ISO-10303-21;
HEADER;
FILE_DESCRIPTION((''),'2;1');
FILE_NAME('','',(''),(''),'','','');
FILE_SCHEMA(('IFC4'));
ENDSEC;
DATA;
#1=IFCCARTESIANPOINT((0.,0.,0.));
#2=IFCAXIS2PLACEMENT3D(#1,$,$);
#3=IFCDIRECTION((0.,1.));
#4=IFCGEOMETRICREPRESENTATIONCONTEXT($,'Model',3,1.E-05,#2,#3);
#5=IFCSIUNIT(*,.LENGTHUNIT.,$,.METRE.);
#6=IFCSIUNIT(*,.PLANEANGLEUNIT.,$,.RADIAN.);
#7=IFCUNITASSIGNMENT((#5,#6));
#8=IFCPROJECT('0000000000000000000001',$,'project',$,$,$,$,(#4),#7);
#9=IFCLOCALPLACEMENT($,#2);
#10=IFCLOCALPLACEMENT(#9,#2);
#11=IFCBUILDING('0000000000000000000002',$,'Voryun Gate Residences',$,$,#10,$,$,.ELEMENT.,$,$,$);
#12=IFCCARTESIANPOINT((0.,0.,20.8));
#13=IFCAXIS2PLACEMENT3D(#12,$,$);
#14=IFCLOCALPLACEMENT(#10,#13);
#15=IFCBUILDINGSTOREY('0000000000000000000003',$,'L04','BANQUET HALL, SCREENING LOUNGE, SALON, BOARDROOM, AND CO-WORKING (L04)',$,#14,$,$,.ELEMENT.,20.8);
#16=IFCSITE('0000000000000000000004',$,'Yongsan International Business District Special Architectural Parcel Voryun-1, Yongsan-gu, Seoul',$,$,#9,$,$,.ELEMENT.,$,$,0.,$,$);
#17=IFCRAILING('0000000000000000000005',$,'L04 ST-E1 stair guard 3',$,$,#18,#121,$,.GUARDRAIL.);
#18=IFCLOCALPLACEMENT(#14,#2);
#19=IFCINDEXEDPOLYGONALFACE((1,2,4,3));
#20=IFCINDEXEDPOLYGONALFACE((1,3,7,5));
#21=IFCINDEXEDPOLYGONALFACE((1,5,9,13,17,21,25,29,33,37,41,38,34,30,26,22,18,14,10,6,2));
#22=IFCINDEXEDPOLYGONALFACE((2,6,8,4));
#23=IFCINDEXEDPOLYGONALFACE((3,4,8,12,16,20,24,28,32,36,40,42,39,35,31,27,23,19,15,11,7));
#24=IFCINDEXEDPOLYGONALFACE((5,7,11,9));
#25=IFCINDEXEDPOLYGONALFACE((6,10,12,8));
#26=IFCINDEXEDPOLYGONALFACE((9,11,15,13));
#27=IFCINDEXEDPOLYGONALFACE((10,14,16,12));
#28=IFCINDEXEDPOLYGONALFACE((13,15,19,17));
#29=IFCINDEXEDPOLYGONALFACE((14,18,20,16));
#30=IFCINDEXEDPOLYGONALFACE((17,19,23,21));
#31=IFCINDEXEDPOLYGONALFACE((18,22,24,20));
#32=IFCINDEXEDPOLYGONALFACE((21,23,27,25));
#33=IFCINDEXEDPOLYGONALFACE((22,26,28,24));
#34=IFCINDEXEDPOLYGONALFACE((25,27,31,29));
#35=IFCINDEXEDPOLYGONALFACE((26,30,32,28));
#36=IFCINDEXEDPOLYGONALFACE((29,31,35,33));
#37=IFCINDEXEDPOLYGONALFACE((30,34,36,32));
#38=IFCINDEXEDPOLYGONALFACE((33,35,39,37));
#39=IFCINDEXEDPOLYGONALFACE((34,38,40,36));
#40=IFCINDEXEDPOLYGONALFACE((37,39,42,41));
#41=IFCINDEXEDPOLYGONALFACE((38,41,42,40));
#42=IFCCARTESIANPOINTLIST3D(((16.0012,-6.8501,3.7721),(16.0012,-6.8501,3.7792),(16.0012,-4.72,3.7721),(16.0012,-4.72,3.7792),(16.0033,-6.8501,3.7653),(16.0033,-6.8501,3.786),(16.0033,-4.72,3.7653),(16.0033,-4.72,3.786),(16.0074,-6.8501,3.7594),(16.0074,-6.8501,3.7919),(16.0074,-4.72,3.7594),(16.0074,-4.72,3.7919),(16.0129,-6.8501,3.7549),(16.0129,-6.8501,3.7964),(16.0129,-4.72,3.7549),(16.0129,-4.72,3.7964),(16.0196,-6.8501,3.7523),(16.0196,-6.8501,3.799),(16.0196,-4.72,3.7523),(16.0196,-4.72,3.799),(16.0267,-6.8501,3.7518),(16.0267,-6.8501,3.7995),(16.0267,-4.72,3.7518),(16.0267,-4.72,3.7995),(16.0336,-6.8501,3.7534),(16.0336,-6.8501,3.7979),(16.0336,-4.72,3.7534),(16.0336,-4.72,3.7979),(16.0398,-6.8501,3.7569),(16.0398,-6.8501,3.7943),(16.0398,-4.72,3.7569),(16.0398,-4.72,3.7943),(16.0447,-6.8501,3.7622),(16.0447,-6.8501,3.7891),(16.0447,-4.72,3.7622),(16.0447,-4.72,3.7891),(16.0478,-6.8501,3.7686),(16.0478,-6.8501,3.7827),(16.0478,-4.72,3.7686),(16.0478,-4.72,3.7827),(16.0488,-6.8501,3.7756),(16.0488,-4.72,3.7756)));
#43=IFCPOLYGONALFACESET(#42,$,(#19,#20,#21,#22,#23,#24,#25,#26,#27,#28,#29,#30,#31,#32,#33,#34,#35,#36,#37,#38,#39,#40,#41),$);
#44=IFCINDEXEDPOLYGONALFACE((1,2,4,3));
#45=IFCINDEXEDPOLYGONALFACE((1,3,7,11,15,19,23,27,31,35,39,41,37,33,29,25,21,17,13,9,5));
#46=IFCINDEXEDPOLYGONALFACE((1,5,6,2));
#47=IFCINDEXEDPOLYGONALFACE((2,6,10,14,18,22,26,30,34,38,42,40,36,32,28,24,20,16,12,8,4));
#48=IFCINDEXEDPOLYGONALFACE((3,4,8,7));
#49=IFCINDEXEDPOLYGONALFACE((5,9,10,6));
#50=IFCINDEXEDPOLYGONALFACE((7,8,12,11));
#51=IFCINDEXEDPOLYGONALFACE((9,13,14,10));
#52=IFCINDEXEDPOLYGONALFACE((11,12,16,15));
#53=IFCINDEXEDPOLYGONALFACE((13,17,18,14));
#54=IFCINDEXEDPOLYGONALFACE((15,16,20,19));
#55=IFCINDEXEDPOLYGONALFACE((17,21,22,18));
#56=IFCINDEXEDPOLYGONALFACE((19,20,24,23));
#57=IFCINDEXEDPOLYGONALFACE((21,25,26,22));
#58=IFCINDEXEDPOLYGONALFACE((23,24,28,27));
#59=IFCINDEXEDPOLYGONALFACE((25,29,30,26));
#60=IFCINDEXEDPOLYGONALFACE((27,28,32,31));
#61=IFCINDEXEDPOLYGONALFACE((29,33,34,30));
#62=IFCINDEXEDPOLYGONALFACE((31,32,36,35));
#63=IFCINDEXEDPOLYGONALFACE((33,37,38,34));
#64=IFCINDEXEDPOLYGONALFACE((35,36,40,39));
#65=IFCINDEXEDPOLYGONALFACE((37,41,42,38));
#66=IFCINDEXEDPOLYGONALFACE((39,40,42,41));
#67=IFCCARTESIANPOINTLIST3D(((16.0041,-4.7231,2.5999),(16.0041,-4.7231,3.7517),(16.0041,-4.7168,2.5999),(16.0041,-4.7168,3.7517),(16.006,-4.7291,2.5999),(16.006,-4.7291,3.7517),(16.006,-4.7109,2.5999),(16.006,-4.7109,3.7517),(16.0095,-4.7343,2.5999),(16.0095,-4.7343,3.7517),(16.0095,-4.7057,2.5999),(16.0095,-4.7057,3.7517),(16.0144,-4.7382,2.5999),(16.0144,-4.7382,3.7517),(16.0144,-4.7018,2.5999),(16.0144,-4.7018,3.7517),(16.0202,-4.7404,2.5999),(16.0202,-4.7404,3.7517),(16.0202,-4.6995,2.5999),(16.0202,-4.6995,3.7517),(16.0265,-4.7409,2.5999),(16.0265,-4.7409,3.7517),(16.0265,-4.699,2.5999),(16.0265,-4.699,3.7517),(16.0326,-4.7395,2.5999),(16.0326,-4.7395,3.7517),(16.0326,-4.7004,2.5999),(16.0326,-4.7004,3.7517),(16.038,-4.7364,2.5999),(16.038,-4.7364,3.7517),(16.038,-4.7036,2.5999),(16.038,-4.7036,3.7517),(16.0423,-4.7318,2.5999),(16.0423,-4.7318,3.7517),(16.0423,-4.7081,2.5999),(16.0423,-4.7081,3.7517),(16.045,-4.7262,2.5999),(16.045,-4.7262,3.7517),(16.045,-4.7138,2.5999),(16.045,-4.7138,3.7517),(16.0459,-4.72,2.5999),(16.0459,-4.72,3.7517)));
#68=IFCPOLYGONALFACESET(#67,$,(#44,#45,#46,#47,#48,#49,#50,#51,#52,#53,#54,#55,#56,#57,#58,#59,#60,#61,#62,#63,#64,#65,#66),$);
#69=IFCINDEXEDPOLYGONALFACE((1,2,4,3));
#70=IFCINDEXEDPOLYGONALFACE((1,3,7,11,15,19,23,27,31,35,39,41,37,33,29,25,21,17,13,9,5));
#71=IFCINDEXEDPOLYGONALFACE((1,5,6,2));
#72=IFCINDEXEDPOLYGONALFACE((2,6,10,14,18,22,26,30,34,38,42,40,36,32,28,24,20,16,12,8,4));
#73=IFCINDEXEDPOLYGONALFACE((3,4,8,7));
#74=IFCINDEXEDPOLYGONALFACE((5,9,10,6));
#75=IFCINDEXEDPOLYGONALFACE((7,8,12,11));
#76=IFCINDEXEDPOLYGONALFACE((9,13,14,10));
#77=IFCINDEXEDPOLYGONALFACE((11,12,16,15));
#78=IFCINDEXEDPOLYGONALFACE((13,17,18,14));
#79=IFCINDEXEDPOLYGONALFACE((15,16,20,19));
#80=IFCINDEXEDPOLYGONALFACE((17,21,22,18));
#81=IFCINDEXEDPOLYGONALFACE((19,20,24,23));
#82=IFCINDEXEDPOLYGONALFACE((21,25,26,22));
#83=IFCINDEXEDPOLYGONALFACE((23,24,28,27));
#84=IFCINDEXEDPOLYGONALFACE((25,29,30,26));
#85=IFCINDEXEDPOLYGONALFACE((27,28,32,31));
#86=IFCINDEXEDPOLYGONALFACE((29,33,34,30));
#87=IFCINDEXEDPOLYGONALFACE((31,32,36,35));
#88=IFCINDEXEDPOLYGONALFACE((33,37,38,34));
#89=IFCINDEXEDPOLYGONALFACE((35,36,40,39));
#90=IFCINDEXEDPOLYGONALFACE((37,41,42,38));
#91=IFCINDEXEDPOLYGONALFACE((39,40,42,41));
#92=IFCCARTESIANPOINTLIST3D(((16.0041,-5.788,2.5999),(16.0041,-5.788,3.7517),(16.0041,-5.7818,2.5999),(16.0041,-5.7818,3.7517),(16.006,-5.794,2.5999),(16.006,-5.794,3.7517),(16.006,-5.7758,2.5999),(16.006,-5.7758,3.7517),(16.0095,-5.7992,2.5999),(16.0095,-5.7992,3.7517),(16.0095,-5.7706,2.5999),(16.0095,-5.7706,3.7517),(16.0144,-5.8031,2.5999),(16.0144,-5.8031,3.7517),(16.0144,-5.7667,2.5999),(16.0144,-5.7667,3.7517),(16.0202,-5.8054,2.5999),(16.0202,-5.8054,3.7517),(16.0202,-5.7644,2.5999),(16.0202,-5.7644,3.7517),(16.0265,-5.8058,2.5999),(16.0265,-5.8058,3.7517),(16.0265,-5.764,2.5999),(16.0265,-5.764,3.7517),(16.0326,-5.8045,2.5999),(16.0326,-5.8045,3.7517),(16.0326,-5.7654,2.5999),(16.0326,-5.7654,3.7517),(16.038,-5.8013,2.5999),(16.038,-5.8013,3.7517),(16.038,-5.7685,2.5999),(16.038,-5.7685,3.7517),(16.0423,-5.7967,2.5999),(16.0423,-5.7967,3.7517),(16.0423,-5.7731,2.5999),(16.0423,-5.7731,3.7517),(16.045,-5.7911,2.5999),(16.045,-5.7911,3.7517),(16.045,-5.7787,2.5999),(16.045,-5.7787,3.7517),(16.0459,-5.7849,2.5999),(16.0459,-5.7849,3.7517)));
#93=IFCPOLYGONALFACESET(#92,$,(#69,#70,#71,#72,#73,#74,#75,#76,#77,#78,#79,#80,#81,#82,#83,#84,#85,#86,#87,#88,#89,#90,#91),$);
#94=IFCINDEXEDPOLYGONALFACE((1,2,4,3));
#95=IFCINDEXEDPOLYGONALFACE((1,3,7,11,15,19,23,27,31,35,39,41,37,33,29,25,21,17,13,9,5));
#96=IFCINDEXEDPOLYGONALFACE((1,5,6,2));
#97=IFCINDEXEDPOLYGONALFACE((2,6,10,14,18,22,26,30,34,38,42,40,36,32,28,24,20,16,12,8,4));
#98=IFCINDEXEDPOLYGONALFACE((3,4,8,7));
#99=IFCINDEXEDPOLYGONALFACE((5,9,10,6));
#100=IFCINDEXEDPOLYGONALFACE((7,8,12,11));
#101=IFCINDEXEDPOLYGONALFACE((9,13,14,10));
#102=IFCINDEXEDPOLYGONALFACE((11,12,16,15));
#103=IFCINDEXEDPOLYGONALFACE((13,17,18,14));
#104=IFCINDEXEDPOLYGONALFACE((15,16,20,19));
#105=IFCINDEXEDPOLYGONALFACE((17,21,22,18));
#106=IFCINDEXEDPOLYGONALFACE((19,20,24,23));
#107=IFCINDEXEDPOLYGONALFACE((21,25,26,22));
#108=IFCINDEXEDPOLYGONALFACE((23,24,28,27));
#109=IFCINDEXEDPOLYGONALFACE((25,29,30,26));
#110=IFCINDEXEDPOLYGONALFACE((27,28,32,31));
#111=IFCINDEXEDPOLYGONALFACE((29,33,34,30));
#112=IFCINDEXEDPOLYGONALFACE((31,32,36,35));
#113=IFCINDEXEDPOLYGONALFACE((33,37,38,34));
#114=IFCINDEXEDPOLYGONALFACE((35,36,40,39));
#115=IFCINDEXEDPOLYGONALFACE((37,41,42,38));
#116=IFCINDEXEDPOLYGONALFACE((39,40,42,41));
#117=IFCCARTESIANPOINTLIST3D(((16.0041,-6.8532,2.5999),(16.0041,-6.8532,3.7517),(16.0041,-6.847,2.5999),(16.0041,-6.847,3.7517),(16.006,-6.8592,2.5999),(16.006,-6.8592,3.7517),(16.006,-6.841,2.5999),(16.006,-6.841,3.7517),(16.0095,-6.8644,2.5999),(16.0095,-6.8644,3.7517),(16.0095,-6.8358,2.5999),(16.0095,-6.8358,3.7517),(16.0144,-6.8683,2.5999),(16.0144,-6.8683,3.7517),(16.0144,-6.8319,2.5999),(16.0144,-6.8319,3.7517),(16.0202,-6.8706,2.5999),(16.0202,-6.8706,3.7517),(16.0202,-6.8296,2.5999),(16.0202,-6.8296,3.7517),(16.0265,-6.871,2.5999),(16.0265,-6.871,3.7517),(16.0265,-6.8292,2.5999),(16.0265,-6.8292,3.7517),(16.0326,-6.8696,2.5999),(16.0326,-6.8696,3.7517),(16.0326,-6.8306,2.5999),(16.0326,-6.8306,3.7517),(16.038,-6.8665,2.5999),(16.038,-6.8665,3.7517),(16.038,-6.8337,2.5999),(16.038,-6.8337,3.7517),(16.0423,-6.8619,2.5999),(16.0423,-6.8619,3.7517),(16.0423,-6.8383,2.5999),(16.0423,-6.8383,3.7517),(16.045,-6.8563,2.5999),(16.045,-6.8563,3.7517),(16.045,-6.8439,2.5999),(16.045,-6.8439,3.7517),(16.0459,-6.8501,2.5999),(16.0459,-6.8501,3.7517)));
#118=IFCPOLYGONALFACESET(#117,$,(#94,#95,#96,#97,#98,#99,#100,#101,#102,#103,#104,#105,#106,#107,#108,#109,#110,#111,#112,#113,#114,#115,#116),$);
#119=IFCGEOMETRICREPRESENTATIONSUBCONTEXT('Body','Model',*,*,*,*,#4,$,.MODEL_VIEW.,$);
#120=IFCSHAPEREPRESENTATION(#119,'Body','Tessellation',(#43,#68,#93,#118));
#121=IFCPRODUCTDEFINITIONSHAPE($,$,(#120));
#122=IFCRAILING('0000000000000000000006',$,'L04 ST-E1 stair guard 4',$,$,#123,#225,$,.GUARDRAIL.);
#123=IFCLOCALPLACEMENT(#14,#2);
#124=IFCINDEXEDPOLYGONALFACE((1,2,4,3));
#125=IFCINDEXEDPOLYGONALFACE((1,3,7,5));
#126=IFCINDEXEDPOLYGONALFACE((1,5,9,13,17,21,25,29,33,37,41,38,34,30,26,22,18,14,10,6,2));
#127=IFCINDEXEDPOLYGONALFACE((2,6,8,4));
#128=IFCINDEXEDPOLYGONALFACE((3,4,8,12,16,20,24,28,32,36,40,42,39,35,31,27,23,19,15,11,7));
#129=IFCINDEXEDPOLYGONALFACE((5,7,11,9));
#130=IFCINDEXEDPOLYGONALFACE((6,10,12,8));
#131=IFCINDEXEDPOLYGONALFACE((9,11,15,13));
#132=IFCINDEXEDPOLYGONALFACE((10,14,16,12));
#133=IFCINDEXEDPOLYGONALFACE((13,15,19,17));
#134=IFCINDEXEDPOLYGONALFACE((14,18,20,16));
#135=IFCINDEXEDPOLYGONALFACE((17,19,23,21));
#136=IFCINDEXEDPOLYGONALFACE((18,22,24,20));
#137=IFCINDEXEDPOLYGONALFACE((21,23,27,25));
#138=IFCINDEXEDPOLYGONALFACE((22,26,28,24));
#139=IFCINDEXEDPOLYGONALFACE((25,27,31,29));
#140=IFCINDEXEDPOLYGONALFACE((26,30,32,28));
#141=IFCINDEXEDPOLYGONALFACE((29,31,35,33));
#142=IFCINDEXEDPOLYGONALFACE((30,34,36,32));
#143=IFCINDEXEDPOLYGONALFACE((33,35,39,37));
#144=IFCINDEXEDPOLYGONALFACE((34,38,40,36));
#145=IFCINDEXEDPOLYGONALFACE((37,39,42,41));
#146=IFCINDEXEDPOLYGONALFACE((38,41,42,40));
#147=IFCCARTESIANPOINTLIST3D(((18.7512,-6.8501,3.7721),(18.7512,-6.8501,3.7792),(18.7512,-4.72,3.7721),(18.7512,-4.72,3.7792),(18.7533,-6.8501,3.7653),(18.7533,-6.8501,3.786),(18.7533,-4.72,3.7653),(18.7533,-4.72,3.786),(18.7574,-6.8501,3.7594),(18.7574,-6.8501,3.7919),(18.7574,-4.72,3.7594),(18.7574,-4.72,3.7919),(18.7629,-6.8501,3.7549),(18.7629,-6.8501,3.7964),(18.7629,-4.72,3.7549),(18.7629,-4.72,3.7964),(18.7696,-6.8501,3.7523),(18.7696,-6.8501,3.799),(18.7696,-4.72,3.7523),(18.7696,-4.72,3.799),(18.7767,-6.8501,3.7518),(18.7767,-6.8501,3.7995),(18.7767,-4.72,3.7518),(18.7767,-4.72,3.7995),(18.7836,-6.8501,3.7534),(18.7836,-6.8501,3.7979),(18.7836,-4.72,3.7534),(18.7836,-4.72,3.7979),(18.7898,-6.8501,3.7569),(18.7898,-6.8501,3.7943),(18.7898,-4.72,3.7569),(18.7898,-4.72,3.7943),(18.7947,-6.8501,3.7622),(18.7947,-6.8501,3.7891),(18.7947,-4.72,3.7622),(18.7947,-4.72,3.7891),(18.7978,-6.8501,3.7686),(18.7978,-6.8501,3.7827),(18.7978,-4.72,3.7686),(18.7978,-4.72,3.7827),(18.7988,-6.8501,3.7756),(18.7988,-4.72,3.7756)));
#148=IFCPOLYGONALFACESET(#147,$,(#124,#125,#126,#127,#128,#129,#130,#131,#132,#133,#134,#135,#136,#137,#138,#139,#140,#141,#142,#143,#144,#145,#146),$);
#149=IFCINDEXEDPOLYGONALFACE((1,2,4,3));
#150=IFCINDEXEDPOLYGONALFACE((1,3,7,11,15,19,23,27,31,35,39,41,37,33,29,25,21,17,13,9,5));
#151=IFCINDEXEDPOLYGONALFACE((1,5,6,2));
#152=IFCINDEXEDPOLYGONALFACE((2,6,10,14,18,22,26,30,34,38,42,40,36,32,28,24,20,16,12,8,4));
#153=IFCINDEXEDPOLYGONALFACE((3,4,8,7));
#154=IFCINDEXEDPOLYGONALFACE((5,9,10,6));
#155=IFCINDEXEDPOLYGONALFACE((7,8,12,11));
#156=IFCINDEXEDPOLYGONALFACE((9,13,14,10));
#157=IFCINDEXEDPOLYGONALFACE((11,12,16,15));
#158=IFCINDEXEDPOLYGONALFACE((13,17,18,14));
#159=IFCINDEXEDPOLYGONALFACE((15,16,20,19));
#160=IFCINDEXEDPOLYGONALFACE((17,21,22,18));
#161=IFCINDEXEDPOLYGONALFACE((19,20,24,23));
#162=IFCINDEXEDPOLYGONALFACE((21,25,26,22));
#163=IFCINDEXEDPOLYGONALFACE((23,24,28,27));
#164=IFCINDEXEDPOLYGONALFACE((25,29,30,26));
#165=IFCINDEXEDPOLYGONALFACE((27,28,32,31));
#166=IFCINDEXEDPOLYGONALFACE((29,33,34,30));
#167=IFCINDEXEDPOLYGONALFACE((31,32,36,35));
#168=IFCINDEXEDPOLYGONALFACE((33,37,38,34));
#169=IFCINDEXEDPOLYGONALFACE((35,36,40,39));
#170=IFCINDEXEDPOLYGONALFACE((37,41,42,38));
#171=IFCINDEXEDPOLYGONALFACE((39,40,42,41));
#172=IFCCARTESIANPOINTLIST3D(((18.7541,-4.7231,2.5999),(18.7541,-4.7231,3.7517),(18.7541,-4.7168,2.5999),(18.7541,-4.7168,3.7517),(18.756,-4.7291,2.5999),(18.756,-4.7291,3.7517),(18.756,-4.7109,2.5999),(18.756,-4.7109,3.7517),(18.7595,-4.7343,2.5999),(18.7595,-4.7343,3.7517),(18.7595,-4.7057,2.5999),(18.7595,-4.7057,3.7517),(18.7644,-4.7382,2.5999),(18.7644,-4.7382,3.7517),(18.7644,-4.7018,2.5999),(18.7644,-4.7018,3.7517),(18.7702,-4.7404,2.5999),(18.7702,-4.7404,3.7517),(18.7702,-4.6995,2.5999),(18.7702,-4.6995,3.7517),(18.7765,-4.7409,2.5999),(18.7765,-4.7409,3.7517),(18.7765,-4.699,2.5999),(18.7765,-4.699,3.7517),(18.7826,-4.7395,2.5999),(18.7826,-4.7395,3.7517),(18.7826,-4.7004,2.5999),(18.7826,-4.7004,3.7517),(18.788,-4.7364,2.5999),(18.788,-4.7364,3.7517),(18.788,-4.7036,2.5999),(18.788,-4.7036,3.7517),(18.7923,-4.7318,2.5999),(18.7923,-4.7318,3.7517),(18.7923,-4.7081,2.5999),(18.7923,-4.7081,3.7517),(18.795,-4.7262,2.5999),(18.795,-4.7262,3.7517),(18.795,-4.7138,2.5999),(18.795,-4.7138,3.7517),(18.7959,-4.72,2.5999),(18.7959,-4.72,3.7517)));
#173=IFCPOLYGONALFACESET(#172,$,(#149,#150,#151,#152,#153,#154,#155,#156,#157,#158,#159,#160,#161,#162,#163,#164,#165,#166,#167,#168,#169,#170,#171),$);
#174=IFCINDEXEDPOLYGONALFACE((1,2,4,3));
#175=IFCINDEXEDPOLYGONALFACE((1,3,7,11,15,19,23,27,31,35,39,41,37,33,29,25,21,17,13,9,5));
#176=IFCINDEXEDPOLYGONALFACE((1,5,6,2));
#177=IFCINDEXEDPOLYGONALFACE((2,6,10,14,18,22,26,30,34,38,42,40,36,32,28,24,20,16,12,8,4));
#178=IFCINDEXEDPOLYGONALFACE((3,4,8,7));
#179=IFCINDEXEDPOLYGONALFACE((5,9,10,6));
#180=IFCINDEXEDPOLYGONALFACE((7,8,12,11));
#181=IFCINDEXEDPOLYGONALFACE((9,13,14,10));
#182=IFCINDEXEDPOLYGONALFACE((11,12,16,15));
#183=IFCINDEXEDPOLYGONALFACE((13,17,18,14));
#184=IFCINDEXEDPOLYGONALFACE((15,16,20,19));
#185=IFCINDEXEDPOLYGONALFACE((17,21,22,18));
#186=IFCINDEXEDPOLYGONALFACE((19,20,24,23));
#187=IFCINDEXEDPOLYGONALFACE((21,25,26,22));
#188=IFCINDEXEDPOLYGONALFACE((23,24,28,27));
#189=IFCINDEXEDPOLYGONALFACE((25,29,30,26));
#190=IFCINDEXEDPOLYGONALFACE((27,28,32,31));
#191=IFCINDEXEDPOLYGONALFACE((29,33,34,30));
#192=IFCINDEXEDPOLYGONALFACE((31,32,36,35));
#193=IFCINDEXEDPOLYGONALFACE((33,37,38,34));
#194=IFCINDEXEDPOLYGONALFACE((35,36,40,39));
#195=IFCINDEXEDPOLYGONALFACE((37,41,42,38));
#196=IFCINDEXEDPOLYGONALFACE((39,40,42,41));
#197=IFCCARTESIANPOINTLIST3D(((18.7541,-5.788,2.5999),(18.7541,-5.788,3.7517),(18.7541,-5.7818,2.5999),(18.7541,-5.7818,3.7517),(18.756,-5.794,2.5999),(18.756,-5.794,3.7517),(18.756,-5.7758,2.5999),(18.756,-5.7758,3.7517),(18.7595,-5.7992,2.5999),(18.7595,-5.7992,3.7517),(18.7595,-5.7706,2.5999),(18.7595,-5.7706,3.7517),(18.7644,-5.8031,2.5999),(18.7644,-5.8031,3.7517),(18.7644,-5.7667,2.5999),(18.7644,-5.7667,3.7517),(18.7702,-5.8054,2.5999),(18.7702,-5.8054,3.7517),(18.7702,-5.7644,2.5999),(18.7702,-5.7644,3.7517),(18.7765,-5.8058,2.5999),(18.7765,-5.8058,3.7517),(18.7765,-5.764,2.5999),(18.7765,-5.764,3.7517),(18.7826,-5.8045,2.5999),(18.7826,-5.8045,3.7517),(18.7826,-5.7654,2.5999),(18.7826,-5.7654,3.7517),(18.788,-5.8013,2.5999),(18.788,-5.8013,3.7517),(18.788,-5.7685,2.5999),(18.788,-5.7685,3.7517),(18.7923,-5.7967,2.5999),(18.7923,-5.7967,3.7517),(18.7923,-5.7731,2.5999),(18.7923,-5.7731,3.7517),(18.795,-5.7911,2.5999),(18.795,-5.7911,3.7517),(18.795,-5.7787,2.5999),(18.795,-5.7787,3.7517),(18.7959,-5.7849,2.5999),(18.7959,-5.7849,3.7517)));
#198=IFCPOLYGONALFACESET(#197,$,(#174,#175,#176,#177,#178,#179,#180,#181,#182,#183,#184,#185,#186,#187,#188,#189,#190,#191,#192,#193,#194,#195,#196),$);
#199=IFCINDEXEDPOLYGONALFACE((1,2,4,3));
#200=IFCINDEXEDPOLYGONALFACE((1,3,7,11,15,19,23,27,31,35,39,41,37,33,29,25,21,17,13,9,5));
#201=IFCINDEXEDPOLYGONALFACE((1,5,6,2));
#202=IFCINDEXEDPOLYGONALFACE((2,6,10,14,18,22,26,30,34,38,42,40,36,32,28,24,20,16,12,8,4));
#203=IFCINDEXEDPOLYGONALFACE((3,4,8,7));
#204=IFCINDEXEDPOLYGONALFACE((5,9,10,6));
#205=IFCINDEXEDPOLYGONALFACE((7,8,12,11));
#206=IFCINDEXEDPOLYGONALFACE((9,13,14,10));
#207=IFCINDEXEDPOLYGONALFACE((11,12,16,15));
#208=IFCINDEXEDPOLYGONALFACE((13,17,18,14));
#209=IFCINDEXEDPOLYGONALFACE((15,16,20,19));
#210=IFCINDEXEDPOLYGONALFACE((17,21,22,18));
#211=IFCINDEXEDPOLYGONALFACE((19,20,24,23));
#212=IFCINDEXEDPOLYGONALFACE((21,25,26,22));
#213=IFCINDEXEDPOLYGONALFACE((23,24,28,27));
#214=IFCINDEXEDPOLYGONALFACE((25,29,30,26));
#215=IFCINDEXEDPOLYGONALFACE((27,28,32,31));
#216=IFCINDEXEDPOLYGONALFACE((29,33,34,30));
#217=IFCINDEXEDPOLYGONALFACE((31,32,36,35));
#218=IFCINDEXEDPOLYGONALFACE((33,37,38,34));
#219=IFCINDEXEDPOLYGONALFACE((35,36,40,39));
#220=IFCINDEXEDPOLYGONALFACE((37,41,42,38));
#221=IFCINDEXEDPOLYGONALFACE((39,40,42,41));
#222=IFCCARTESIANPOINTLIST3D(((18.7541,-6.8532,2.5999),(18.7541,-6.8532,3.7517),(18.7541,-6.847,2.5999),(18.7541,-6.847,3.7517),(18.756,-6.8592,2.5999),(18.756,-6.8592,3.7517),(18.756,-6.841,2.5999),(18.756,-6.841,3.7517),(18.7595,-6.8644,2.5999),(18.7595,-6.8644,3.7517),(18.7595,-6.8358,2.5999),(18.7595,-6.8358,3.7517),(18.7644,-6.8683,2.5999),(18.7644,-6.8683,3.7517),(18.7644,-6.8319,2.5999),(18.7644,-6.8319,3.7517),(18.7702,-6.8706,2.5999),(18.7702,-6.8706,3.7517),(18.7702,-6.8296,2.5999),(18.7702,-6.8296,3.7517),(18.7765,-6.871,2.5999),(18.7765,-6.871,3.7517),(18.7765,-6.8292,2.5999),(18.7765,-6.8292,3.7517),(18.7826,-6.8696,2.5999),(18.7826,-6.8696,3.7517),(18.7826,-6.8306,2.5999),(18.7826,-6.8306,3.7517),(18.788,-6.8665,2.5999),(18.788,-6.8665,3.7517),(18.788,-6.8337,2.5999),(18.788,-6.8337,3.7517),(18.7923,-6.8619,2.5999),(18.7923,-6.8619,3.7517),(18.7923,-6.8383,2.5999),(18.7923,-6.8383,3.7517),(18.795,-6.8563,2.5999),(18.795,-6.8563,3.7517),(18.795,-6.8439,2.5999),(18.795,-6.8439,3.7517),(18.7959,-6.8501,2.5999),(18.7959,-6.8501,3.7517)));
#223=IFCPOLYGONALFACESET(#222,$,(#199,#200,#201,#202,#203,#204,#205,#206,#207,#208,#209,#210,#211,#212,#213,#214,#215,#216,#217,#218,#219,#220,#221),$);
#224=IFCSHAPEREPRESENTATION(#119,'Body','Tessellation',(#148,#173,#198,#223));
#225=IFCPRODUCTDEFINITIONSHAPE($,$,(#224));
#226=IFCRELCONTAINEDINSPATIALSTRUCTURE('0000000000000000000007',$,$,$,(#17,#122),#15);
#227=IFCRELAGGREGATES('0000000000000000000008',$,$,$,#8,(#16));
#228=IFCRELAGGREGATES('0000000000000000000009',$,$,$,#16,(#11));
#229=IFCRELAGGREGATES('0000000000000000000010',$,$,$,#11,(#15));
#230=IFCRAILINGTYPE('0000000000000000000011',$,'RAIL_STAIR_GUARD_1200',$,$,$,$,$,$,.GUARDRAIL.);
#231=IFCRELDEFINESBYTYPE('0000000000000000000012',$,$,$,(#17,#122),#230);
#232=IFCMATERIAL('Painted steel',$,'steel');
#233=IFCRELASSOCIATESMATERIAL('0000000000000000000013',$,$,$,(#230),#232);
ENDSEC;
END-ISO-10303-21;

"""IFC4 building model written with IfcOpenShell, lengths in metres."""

from ifc_helpers import new_model, si_unit, direction, frame, origin, origin_2d, place, context, subcontext, project, spatial, circle, extrude, material, type_object, element, save


model = new_model("IFC4")

# Units and contexts
model_context = context("Model", 3, precision=1e-05, world=origin(), true_north=direction((0.0, 1.0)))
body_context = subcontext(model_context, "Body", "Model", "MODEL_VIEW")
ifc_project = project(units=[si_unit("LENGTHUNIT", "METRE"), si_unit("PLANEANGLEUNIT", "RADIAN")], contexts=[model_context])

# Site, building, storey
site_placement = place(None, origin())
site = spatial("IfcSite", under=ifc_project, at=site_placement, Name="Yongsan International Business District Special Architectural Parcel Voryun-1, Yongsan-gu, Seoul", CompositionType="ELEMENT", RefElevation=0.0)
building_placement = place(site_placement, origin())
building = spatial("IfcBuilding", under=site, at=building_placement, Name="Voryun Gate Residences", CompositionType="ELEMENT")
storey_placement = place(building_placement, frame((0.0, 0.0, 20.8)))
storey = spatial("IfcBuildingStorey", under=building, at=storey_placement, Name="L04", Description="BANQUET HALL, SCREENING LOUNGE, SALON, BOARDROOM, AND CO-WORKING (L04)", CompositionType="ELEMENT", Elevation=20.8)

# Railings
ifc_material_1 = material(Name="Painted steel", Category="steel")
railing_type = type_object("IfcRailingType", Name="RAIL_STAIR_GUARD_1200", PredefinedType="GUARDRAIL", material=ifc_material_1)
for number, where, name in (
    (1, (16.0249, -4.72, 2.5999), "L04 ST-E1 stair guard 3"),
    (2, (18.7749, -4.72, 2.5999), "L04 ST-E1 stair guard 4"),
):
    element("IfcRailing", number, at=place(storey_placement, frame(where)), inside=storey, type_object=railing_type, Name=name, PredefinedType="GUARDRAIL", context=body_context, shape_type="SweptSolid", body=[
        extrude(circle(Radius=0.0239, at=origin_2d()), frame((0.0, 0.0, 1.1758), z_axis=(0.0, -1.0, 0.0), x_axis=(1.0, 0.0, 0.0)), (0.0, 0.0, 1.0), 2.1301),
        extrude(circle(Radius=0.021, at=origin_2d()), origin(), (0.0, 0.0, 1.0), 1.1519),
        extrude(circle(Radius=0.021, at=origin_2d()), frame((0.0, -1.0649, 0.0)), (0.0, 0.0, 1.0), 1.1519),
        extrude(circle(Radius=0.021, at=origin_2d()), frame((0.0, -2.1301, 0.0)), (0.0, 0.0, 1.0), 1.1519),
    ])

save(model, "model.ifc")
